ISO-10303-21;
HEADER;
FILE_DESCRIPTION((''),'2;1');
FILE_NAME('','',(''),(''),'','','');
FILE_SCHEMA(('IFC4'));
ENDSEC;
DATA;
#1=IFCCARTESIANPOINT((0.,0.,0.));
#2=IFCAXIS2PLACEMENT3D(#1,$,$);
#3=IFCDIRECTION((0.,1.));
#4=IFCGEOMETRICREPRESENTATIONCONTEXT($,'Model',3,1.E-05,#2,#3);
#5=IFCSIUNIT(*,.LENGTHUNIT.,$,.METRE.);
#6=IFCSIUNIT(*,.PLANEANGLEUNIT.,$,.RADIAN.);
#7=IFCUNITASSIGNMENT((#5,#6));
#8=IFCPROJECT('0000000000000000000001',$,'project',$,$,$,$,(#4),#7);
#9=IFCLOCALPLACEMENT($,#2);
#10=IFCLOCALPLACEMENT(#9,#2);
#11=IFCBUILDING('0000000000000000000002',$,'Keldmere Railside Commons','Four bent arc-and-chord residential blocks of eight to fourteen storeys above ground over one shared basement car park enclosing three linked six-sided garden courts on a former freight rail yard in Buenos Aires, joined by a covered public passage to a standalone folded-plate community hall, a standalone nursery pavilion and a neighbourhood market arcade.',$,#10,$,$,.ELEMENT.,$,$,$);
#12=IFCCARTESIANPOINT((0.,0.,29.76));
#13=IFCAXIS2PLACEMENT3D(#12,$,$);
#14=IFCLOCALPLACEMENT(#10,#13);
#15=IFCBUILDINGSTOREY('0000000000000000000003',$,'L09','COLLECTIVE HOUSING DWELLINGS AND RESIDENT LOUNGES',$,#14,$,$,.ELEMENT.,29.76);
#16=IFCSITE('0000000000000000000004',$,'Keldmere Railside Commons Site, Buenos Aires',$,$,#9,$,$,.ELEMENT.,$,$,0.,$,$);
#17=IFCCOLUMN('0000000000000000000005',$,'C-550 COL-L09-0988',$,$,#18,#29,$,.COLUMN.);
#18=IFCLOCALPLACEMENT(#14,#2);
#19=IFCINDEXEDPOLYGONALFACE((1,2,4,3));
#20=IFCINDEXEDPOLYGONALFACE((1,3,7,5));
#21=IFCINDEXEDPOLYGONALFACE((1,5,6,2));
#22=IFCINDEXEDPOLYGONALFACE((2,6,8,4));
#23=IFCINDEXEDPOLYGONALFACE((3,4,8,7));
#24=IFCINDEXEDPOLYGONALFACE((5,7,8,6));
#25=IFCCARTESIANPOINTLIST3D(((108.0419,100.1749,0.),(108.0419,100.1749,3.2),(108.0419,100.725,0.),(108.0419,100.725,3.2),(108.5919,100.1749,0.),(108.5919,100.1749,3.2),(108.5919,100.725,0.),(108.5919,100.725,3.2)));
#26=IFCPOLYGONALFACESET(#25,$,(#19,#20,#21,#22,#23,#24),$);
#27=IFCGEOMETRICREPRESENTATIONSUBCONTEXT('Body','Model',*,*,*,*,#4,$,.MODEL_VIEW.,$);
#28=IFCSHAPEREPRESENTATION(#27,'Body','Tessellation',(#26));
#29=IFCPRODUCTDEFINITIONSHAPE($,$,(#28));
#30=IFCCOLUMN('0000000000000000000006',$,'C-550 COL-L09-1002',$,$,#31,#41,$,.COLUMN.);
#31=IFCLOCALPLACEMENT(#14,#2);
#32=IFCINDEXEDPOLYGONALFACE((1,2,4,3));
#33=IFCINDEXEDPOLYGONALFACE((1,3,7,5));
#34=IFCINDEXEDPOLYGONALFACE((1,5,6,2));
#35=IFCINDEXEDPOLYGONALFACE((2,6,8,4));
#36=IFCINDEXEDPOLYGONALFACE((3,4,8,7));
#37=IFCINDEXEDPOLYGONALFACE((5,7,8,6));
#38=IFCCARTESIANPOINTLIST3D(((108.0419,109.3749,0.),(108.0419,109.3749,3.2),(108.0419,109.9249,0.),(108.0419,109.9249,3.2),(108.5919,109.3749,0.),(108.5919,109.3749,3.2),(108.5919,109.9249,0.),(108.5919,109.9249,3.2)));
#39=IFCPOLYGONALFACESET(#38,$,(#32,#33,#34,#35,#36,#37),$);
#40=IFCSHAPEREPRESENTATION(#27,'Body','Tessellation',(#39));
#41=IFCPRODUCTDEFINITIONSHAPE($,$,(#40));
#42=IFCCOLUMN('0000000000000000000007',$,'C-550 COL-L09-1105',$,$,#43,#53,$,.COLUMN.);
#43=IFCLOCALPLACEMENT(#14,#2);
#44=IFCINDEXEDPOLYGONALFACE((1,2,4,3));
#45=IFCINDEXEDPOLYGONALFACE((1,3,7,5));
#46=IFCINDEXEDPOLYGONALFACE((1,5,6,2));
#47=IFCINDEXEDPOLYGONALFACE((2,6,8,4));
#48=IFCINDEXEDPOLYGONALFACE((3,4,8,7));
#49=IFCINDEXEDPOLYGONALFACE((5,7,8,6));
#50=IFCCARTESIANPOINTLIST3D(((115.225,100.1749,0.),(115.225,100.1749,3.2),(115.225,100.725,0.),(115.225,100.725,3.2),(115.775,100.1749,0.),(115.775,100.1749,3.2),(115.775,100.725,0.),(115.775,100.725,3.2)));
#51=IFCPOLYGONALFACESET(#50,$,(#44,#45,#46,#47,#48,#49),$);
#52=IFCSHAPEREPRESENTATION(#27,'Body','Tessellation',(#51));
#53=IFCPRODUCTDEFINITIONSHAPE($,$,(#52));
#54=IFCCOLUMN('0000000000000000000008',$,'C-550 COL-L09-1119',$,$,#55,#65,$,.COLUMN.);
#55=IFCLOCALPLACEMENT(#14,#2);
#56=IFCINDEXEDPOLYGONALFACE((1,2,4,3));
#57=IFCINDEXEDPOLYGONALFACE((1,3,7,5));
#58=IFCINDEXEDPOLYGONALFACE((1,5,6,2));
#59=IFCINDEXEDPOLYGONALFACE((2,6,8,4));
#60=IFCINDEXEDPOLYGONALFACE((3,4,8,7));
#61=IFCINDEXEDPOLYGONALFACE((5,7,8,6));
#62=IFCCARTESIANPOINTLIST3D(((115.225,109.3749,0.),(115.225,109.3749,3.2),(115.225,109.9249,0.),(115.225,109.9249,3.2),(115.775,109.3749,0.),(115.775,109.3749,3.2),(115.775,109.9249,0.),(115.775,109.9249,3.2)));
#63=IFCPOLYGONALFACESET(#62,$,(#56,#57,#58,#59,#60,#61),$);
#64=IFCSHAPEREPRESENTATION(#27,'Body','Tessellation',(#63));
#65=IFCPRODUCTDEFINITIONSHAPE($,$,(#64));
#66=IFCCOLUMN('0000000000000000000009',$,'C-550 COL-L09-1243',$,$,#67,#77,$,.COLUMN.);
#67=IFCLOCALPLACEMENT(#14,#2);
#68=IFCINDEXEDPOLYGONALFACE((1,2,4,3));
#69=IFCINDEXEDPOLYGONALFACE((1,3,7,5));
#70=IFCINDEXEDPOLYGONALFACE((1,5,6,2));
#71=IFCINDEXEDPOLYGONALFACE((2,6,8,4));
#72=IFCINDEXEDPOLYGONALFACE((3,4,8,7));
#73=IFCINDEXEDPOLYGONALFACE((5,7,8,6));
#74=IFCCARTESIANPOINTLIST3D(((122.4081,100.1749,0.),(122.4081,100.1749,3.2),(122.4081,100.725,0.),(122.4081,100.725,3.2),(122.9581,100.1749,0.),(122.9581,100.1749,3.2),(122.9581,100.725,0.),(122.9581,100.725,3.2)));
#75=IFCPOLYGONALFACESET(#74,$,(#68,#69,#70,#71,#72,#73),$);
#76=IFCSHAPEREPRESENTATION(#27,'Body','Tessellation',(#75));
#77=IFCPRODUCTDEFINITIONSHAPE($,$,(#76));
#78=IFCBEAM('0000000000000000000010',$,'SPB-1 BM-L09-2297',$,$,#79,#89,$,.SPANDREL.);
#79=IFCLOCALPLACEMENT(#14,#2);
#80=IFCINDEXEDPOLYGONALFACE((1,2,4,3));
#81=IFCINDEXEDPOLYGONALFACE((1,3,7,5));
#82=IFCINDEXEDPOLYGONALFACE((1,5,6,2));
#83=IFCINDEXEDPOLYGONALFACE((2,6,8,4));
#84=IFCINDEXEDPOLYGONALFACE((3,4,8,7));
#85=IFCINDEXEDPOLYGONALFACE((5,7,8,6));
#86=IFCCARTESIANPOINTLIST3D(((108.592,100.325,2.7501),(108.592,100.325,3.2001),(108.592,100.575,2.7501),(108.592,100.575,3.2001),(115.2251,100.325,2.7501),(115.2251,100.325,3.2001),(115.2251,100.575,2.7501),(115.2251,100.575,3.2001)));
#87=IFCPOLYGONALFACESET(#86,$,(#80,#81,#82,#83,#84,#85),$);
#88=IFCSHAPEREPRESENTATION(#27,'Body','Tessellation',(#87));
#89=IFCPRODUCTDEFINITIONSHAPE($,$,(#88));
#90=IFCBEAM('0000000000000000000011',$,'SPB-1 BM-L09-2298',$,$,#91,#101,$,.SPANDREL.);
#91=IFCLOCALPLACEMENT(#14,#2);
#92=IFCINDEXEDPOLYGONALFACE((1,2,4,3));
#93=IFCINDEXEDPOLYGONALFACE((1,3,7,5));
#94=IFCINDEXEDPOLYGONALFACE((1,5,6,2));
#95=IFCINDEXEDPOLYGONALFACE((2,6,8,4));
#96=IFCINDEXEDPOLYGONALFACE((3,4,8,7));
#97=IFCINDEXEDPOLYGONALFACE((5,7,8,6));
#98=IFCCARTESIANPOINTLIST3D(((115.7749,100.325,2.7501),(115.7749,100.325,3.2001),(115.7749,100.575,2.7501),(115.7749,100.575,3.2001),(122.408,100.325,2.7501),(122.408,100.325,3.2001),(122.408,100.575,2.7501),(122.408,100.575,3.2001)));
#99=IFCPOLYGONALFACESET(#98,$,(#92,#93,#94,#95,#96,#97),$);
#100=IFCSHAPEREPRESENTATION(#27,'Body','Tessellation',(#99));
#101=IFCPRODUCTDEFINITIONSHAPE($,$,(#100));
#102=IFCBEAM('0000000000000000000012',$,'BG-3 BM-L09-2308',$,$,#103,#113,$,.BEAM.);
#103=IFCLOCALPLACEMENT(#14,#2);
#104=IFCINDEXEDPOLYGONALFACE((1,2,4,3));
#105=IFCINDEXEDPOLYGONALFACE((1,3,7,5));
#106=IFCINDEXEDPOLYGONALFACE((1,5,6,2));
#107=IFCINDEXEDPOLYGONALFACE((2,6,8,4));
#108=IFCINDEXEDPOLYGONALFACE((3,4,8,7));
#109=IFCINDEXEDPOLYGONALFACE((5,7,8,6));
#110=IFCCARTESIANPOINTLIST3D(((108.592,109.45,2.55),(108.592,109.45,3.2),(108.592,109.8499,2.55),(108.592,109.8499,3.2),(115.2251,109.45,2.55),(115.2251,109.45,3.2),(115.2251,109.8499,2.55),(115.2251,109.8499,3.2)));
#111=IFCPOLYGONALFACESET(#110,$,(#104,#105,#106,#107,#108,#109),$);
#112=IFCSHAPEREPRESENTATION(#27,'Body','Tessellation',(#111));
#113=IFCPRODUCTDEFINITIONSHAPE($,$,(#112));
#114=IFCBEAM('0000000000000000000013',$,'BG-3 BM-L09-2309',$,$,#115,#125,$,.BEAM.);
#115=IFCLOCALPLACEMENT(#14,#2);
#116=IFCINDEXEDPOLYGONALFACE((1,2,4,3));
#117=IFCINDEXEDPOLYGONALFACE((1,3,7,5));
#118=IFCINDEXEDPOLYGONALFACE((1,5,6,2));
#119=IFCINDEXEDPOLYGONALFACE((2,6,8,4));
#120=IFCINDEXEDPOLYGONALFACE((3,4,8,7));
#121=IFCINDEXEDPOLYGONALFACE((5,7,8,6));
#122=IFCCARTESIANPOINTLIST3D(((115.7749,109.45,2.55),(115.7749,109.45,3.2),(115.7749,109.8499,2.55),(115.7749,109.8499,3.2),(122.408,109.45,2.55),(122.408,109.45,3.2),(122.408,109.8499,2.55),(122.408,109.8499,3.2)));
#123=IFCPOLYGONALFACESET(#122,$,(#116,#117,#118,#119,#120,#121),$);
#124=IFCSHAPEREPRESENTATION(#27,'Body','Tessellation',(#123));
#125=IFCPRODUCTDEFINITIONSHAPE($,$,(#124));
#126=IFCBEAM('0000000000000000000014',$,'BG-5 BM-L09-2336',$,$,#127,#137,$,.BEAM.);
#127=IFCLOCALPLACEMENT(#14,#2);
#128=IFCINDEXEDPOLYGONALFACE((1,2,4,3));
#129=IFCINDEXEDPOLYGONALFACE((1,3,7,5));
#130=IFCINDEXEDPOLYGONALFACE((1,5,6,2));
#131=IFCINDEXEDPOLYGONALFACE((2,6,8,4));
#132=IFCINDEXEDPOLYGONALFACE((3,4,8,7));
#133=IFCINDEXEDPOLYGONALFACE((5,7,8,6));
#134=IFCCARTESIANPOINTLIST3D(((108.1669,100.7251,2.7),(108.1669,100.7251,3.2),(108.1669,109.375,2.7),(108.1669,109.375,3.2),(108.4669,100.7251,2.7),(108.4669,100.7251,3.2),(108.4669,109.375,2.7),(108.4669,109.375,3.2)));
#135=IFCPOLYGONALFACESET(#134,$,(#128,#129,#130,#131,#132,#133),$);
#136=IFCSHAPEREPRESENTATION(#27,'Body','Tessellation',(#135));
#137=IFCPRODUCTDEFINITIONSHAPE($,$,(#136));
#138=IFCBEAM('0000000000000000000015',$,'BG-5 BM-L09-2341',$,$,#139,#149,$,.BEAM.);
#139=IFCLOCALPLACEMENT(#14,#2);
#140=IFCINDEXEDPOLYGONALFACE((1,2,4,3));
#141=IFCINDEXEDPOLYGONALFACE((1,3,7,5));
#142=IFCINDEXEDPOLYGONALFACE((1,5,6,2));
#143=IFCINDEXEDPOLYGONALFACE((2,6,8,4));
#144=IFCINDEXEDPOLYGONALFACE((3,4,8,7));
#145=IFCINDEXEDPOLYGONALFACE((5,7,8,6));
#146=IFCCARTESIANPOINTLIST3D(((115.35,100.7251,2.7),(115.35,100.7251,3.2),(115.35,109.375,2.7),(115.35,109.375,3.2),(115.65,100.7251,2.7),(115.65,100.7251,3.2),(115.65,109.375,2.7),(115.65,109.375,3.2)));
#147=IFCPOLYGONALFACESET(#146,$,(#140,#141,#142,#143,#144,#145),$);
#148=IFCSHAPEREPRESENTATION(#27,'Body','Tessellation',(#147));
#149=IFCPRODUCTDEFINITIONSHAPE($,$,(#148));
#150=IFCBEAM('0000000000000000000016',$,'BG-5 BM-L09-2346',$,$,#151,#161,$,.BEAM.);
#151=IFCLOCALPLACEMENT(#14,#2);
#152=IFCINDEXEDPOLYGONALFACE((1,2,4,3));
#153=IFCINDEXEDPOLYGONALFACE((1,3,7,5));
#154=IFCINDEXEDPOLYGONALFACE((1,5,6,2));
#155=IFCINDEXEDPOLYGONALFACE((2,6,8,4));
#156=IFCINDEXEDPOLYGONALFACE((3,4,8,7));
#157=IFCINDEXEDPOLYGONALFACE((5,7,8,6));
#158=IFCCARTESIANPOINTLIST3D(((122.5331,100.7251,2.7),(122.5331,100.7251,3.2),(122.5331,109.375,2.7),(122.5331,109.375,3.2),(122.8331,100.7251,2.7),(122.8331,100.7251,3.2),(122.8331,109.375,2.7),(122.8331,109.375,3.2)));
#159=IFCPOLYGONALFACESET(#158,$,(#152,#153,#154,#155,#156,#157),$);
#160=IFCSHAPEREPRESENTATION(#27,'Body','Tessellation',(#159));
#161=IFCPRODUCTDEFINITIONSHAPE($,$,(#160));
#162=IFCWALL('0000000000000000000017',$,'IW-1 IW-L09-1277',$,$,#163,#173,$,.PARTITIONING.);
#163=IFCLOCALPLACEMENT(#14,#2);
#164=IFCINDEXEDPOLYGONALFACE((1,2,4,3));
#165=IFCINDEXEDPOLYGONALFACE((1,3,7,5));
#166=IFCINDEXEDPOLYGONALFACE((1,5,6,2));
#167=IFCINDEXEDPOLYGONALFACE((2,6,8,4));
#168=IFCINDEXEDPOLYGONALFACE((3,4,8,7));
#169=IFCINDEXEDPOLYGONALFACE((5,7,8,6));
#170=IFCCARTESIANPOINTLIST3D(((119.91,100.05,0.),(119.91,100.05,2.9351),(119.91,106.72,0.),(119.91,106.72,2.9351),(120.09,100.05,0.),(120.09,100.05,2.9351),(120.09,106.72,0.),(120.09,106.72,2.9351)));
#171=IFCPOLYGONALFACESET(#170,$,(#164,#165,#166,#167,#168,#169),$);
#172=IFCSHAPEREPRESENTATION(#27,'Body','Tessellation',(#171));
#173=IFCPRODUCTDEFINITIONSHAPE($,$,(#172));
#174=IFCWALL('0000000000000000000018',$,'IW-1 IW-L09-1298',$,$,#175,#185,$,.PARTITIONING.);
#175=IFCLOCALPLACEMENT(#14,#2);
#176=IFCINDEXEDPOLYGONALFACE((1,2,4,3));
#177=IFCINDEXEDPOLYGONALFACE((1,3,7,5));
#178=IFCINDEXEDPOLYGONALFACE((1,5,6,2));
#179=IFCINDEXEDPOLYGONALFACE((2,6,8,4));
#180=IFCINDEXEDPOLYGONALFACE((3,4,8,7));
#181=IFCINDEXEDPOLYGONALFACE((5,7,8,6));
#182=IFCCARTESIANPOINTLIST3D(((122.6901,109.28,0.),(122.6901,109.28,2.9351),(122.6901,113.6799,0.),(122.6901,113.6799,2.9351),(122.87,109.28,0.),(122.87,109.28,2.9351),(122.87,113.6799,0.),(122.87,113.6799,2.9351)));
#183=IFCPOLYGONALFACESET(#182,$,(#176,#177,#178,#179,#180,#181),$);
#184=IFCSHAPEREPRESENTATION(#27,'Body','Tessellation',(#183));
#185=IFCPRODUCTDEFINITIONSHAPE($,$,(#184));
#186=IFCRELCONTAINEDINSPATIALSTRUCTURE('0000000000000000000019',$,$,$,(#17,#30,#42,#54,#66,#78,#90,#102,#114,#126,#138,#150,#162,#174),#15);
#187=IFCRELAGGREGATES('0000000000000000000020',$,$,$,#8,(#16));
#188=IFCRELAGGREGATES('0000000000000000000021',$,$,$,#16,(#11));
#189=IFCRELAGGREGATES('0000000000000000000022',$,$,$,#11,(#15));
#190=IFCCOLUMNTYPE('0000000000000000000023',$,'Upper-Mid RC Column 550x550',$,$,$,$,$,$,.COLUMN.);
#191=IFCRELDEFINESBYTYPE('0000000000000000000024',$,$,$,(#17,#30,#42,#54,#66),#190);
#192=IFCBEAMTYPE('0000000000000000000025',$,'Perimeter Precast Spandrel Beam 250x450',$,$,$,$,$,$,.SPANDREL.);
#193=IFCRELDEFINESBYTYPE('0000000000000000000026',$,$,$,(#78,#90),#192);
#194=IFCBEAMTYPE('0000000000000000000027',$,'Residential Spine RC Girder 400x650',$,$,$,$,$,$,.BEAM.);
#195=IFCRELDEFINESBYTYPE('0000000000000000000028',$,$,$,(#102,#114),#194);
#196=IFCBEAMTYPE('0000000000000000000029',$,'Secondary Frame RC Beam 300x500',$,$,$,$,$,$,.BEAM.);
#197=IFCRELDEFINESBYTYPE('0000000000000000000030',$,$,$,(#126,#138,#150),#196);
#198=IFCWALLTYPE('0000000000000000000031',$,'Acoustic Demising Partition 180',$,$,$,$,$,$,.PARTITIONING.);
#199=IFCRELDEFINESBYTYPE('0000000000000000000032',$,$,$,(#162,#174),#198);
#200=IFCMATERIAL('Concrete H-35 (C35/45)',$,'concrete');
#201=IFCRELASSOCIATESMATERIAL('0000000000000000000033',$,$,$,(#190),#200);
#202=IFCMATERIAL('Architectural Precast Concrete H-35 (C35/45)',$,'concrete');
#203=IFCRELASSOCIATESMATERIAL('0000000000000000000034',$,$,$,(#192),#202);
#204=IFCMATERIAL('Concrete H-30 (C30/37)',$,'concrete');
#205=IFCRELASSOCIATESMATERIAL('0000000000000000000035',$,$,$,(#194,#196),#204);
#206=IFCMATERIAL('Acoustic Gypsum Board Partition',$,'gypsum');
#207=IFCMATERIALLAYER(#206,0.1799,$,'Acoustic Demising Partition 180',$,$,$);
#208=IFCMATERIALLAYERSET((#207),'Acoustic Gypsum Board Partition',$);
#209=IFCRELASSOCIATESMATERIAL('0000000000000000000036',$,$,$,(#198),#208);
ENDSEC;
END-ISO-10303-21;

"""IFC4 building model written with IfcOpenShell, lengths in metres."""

from ifc_helpers import new_model, si_unit, direction, frame, frame_2d, origin, origin_2d, place, context, subcontext, project, spatial, rectangle, extrude, material, layer, layer_set, material_profile, profile_set, type_object, element, save


model = new_model("IFC4")

# Units and contexts
model_context = context("Model", 3, precision=1e-05, world=origin(), true_north=direction((0.0, 1.0)))
body_context = subcontext(model_context, "Body", "Model", "MODEL_VIEW")
ifc_project = project(units=[si_unit("LENGTHUNIT", "METRE"), si_unit("PLANEANGLEUNIT", "RADIAN")], contexts=[model_context])

# Site, building, storey
site_placement = place(None, origin())
site = spatial("IfcSite", under=ifc_project, at=site_placement, Name="Keldmere Railside Commons Site, Buenos Aires", CompositionType="ELEMENT", RefElevation=0.0)
building_placement = place(site_placement, origin())
building = spatial("IfcBuilding", under=site, at=building_placement, Name="Keldmere Railside Commons", Description="Four bent arc-and-chord residential blocks of eight to fourteen storeys above ground over one shared basement car park enclosing three linked six-sided garden courts on a former freight rail yard in Buenos Aires, joined by a covered public passage to a standalone folded-plate community hall, a standalone nursery pavilion and a neighbourhood market arcade.", CompositionType="ELEMENT")
storey_placement = place(building_placement, frame((0.0, 0.0, 29.76)))
storey = spatial("IfcBuildingStorey", under=building, at=storey_placement, Name="L09", Description="COLLECTIVE HOUSING DWELLINGS AND RESIDENT LOUNGES", CompositionType="ELEMENT", Elevation=29.76)

# Columns
ifc_material_1 = material(Name="Concrete H-35 (C35/45)", Category="concrete")
ifc_material_profile_1 = material_profile(ifc_material_1, rectangle(XDim=0.55, YDim=0.55, at=origin_2d()), Name="RC-550x550")
ifc_profile_set_1 = profile_set([ifc_material_profile_1], Name="Concrete H-35 (C35/45)")
column_type = type_object("IfcColumnType", Name="Upper-Mid RC Column 550x550", PredefinedType="COLUMN", material=ifc_profile_set_1)
for number, where, z_axis, x_axis, name in (
    (1, (108.3169, 100.45, 0.0), (0.0, 0.0, 1.0), (1.0, 0.0, 0.0), "C-550 COL-L09-0988"),
    (2, (108.3169, 109.6499, 0.0), (0.0, 0.0, 1.0), (1.0, 0.0, 0.0), "C-550 COL-L09-1002"),
    (3, (115.5, 100.45, 0.0), (0.0, 0.0, 1.0), (1.0, 0.0, 0.0), "C-550 COL-L09-1105"),
    (4, (115.5, 109.6499, 0.0), (0.0, 0.0, 1.0), (1.0, 0.0, 0.0), "C-550 COL-L09-1119"),
    (5, (122.6831, 100.45, 0.0), (0.0, 0.0, 1.0), (1.0, 0.0, 0.0), "C-550 COL-L09-1243"),
):
    element("IfcColumn", number, at=place(storey_placement, frame(where, z_axis=z_axis, x_axis=x_axis)), inside=storey, type_object=column_type, Name=name, PredefinedType="COLUMN", context=body_context, shape_type="SweptSolid", body=[
        extrude(rectangle(XDim=0.55, YDim=0.55, at=origin_2d()), origin(), (0.0, 0.0, 1.0), 3.2),
    ])

# Beams
ifc_material_2 = material(Name="Architectural Precast Concrete H-35 (C35/45)", Category="concrete")
ifc_material_profile_2 = material_profile(ifc_material_2, rectangle(XDim=0.25, YDim=0.45, at=origin_2d()), Name="RC-250x450")
ifc_profile_set_2 = profile_set([ifc_material_profile_2], Name="Architectural Precast Concrete H-35 (C35/45)")
beam_type_1 = type_object("IfcBeamType", Name="Perimeter Precast Spandrel Beam 250x450", PredefinedType="SPANDREL", material=ifc_profile_set_2)
for number, where, z_axis, x_axis, name in (
    (6, (108.592, 100.45, 2.9751), (1.0, 0.0, 0.0), (0.0, 1.0, 0.0), "SPB-1 BM-L09-2297"),
    (7, (115.7749, 100.45, 2.9751), (1.0, 0.0, 0.0), (0.0, 1.0, 0.0), "SPB-1 BM-L09-2298"),
):
    element("IfcBeam", number, at=place(storey_placement, frame(where, z_axis=z_axis, x_axis=x_axis)), inside=storey, type_object=beam_type_1, Name=name, PredefinedType="SPANDREL", context=body_context, shape_type="SweptSolid", body=[
        extrude(rectangle(XDim=0.25, YDim=0.45, at=origin_2d()), origin(), (0.0, 0.0, 1.0), 6.6331),
    ])
ifc_material_3 = material(Name="Concrete H-30 (C30/37)", Category="concrete")
ifc_material_profile_3 = material_profile(ifc_material_3, rectangle(XDim=0.3999, YDim=0.6499, at=origin_2d()), Name="RC-400x650")
ifc_profile_set_3 = profile_set([ifc_material_profile_3], Name="Concrete H-30 (C30/37)")
beam_type_2 = type_object("IfcBeamType", Name="Residential Spine RC Girder 400x650", PredefinedType="BEAM", material=ifc_profile_set_3)
for number, where, z_axis, x_axis, name in (
    (8, (108.592, 109.6499, 2.875), (1.0, 0.0, 0.0), (0.0, 1.0, 0.0), "BG-3 BM-L09-2308"),
    (9, (115.7749, 109.6499, 2.875), (1.0, 0.0, 0.0), (0.0, 1.0, 0.0), "BG-3 BM-L09-2309"),
):
    element("IfcBeam", number, at=place(storey_placement, frame(where, z_axis=z_axis, x_axis=x_axis)), inside=storey, type_object=beam_type_2, Name=name, PredefinedType="BEAM", context=body_context, shape_type="SweptSolid", body=[
        extrude(rectangle(XDim=0.3999, YDim=0.6499, at=origin_2d()), origin(), (0.0, 0.0, 1.0), 6.6331),
    ])
ifc_material_profile_4 = material_profile(ifc_material_3, rectangle(XDim=0.3, YDim=0.5, at=origin_2d()), Name="RC-300x500")
ifc_profile_set_4 = profile_set([ifc_material_profile_4], Name="Concrete H-30 (C30/37)")
beam_type_3 = type_object("IfcBeamType", Name="Secondary Frame RC Beam 300x500", PredefinedType="BEAM", material=ifc_profile_set_4)
for number, where, z_axis, x_axis, name in (
    (10, (108.3169, 100.7251, 2.95), (0.0, 1.0, 0.0), (-1.0, 0.0, 0.0), "BG-5 BM-L09-2336"),
    (11, (115.5, 100.7251, 2.95), (0.0, 1.0, 0.0), (-1.0, 0.0, 0.0), "BG-5 BM-L09-2341"),
    (12, (122.6831, 100.7251, 2.95), (0.0, 1.0, 0.0), (-1.0, 0.0, 0.0), "BG-5 BM-L09-2346"),
):
    element("IfcBeam", number, at=place(storey_placement, frame(where, z_axis=z_axis, x_axis=x_axis)), inside=storey, type_object=beam_type_3, Name=name, PredefinedType="BEAM", context=body_context, shape_type="SweptSolid", body=[
        extrude(rectangle(XDim=0.3, YDim=0.5, at=origin_2d()), origin(), (0.0, 0.0, 1.0), 8.6499),
    ])

# Walls
ifc_material_4 = material(Name="Acoustic Gypsum Board Partition", Category="gypsum")
ifc_layer_1 = layer(ifc_material_4, 0.1799, Name="Acoustic Demising Partition 180")
ifc_layer_set_1 = layer_set([ifc_layer_1], Name="Acoustic Gypsum Board Partition")
wall_type_1 = type_object("IfcWallType", Name="Acoustic Demising Partition 180", PredefinedType="PARTITIONING", material=ifc_layer_set_1)
wall_1_placement = place(storey_placement, frame((120.0, 100.05, 0.0), z_axis=(0.0, 0.0, 1.0), x_axis=(0.0, 1.0, 0.0)))
element("IfcWall", 13, at=wall_1_placement, inside=storey, type_object=wall_type_1, Name="IW-1 IW-L09-1277", PredefinedType="PARTITIONING", context=body_context, shape_type="SweptSolid", body=[
    extrude(rectangle(XDim=6.6699, YDim=0.1799, at=frame_2d((3.335, 0.0))), origin(), (0.0, 0.0, 1.0), 2.9351),
])
wall_2_placement = place(storey_placement, frame((122.78, 109.28, 0.0), z_axis=(0.0, 0.0, 1.0), x_axis=(0.0, 1.0, 0.0)))
element("IfcWall", 14, at=wall_2_placement, inside=storey, type_object=wall_type_1, Name="IW-1 IW-L09-1298", PredefinedType="PARTITIONING", context=body_context, shape_type="SweptSolid", body=[
    extrude(rectangle(XDim=4.3999, YDim=0.1799, at=frame_2d((2.2, 0.0))), origin(), (0.0, 0.0, 1.0), 2.9351),
])

save(model, "model.ifc")
